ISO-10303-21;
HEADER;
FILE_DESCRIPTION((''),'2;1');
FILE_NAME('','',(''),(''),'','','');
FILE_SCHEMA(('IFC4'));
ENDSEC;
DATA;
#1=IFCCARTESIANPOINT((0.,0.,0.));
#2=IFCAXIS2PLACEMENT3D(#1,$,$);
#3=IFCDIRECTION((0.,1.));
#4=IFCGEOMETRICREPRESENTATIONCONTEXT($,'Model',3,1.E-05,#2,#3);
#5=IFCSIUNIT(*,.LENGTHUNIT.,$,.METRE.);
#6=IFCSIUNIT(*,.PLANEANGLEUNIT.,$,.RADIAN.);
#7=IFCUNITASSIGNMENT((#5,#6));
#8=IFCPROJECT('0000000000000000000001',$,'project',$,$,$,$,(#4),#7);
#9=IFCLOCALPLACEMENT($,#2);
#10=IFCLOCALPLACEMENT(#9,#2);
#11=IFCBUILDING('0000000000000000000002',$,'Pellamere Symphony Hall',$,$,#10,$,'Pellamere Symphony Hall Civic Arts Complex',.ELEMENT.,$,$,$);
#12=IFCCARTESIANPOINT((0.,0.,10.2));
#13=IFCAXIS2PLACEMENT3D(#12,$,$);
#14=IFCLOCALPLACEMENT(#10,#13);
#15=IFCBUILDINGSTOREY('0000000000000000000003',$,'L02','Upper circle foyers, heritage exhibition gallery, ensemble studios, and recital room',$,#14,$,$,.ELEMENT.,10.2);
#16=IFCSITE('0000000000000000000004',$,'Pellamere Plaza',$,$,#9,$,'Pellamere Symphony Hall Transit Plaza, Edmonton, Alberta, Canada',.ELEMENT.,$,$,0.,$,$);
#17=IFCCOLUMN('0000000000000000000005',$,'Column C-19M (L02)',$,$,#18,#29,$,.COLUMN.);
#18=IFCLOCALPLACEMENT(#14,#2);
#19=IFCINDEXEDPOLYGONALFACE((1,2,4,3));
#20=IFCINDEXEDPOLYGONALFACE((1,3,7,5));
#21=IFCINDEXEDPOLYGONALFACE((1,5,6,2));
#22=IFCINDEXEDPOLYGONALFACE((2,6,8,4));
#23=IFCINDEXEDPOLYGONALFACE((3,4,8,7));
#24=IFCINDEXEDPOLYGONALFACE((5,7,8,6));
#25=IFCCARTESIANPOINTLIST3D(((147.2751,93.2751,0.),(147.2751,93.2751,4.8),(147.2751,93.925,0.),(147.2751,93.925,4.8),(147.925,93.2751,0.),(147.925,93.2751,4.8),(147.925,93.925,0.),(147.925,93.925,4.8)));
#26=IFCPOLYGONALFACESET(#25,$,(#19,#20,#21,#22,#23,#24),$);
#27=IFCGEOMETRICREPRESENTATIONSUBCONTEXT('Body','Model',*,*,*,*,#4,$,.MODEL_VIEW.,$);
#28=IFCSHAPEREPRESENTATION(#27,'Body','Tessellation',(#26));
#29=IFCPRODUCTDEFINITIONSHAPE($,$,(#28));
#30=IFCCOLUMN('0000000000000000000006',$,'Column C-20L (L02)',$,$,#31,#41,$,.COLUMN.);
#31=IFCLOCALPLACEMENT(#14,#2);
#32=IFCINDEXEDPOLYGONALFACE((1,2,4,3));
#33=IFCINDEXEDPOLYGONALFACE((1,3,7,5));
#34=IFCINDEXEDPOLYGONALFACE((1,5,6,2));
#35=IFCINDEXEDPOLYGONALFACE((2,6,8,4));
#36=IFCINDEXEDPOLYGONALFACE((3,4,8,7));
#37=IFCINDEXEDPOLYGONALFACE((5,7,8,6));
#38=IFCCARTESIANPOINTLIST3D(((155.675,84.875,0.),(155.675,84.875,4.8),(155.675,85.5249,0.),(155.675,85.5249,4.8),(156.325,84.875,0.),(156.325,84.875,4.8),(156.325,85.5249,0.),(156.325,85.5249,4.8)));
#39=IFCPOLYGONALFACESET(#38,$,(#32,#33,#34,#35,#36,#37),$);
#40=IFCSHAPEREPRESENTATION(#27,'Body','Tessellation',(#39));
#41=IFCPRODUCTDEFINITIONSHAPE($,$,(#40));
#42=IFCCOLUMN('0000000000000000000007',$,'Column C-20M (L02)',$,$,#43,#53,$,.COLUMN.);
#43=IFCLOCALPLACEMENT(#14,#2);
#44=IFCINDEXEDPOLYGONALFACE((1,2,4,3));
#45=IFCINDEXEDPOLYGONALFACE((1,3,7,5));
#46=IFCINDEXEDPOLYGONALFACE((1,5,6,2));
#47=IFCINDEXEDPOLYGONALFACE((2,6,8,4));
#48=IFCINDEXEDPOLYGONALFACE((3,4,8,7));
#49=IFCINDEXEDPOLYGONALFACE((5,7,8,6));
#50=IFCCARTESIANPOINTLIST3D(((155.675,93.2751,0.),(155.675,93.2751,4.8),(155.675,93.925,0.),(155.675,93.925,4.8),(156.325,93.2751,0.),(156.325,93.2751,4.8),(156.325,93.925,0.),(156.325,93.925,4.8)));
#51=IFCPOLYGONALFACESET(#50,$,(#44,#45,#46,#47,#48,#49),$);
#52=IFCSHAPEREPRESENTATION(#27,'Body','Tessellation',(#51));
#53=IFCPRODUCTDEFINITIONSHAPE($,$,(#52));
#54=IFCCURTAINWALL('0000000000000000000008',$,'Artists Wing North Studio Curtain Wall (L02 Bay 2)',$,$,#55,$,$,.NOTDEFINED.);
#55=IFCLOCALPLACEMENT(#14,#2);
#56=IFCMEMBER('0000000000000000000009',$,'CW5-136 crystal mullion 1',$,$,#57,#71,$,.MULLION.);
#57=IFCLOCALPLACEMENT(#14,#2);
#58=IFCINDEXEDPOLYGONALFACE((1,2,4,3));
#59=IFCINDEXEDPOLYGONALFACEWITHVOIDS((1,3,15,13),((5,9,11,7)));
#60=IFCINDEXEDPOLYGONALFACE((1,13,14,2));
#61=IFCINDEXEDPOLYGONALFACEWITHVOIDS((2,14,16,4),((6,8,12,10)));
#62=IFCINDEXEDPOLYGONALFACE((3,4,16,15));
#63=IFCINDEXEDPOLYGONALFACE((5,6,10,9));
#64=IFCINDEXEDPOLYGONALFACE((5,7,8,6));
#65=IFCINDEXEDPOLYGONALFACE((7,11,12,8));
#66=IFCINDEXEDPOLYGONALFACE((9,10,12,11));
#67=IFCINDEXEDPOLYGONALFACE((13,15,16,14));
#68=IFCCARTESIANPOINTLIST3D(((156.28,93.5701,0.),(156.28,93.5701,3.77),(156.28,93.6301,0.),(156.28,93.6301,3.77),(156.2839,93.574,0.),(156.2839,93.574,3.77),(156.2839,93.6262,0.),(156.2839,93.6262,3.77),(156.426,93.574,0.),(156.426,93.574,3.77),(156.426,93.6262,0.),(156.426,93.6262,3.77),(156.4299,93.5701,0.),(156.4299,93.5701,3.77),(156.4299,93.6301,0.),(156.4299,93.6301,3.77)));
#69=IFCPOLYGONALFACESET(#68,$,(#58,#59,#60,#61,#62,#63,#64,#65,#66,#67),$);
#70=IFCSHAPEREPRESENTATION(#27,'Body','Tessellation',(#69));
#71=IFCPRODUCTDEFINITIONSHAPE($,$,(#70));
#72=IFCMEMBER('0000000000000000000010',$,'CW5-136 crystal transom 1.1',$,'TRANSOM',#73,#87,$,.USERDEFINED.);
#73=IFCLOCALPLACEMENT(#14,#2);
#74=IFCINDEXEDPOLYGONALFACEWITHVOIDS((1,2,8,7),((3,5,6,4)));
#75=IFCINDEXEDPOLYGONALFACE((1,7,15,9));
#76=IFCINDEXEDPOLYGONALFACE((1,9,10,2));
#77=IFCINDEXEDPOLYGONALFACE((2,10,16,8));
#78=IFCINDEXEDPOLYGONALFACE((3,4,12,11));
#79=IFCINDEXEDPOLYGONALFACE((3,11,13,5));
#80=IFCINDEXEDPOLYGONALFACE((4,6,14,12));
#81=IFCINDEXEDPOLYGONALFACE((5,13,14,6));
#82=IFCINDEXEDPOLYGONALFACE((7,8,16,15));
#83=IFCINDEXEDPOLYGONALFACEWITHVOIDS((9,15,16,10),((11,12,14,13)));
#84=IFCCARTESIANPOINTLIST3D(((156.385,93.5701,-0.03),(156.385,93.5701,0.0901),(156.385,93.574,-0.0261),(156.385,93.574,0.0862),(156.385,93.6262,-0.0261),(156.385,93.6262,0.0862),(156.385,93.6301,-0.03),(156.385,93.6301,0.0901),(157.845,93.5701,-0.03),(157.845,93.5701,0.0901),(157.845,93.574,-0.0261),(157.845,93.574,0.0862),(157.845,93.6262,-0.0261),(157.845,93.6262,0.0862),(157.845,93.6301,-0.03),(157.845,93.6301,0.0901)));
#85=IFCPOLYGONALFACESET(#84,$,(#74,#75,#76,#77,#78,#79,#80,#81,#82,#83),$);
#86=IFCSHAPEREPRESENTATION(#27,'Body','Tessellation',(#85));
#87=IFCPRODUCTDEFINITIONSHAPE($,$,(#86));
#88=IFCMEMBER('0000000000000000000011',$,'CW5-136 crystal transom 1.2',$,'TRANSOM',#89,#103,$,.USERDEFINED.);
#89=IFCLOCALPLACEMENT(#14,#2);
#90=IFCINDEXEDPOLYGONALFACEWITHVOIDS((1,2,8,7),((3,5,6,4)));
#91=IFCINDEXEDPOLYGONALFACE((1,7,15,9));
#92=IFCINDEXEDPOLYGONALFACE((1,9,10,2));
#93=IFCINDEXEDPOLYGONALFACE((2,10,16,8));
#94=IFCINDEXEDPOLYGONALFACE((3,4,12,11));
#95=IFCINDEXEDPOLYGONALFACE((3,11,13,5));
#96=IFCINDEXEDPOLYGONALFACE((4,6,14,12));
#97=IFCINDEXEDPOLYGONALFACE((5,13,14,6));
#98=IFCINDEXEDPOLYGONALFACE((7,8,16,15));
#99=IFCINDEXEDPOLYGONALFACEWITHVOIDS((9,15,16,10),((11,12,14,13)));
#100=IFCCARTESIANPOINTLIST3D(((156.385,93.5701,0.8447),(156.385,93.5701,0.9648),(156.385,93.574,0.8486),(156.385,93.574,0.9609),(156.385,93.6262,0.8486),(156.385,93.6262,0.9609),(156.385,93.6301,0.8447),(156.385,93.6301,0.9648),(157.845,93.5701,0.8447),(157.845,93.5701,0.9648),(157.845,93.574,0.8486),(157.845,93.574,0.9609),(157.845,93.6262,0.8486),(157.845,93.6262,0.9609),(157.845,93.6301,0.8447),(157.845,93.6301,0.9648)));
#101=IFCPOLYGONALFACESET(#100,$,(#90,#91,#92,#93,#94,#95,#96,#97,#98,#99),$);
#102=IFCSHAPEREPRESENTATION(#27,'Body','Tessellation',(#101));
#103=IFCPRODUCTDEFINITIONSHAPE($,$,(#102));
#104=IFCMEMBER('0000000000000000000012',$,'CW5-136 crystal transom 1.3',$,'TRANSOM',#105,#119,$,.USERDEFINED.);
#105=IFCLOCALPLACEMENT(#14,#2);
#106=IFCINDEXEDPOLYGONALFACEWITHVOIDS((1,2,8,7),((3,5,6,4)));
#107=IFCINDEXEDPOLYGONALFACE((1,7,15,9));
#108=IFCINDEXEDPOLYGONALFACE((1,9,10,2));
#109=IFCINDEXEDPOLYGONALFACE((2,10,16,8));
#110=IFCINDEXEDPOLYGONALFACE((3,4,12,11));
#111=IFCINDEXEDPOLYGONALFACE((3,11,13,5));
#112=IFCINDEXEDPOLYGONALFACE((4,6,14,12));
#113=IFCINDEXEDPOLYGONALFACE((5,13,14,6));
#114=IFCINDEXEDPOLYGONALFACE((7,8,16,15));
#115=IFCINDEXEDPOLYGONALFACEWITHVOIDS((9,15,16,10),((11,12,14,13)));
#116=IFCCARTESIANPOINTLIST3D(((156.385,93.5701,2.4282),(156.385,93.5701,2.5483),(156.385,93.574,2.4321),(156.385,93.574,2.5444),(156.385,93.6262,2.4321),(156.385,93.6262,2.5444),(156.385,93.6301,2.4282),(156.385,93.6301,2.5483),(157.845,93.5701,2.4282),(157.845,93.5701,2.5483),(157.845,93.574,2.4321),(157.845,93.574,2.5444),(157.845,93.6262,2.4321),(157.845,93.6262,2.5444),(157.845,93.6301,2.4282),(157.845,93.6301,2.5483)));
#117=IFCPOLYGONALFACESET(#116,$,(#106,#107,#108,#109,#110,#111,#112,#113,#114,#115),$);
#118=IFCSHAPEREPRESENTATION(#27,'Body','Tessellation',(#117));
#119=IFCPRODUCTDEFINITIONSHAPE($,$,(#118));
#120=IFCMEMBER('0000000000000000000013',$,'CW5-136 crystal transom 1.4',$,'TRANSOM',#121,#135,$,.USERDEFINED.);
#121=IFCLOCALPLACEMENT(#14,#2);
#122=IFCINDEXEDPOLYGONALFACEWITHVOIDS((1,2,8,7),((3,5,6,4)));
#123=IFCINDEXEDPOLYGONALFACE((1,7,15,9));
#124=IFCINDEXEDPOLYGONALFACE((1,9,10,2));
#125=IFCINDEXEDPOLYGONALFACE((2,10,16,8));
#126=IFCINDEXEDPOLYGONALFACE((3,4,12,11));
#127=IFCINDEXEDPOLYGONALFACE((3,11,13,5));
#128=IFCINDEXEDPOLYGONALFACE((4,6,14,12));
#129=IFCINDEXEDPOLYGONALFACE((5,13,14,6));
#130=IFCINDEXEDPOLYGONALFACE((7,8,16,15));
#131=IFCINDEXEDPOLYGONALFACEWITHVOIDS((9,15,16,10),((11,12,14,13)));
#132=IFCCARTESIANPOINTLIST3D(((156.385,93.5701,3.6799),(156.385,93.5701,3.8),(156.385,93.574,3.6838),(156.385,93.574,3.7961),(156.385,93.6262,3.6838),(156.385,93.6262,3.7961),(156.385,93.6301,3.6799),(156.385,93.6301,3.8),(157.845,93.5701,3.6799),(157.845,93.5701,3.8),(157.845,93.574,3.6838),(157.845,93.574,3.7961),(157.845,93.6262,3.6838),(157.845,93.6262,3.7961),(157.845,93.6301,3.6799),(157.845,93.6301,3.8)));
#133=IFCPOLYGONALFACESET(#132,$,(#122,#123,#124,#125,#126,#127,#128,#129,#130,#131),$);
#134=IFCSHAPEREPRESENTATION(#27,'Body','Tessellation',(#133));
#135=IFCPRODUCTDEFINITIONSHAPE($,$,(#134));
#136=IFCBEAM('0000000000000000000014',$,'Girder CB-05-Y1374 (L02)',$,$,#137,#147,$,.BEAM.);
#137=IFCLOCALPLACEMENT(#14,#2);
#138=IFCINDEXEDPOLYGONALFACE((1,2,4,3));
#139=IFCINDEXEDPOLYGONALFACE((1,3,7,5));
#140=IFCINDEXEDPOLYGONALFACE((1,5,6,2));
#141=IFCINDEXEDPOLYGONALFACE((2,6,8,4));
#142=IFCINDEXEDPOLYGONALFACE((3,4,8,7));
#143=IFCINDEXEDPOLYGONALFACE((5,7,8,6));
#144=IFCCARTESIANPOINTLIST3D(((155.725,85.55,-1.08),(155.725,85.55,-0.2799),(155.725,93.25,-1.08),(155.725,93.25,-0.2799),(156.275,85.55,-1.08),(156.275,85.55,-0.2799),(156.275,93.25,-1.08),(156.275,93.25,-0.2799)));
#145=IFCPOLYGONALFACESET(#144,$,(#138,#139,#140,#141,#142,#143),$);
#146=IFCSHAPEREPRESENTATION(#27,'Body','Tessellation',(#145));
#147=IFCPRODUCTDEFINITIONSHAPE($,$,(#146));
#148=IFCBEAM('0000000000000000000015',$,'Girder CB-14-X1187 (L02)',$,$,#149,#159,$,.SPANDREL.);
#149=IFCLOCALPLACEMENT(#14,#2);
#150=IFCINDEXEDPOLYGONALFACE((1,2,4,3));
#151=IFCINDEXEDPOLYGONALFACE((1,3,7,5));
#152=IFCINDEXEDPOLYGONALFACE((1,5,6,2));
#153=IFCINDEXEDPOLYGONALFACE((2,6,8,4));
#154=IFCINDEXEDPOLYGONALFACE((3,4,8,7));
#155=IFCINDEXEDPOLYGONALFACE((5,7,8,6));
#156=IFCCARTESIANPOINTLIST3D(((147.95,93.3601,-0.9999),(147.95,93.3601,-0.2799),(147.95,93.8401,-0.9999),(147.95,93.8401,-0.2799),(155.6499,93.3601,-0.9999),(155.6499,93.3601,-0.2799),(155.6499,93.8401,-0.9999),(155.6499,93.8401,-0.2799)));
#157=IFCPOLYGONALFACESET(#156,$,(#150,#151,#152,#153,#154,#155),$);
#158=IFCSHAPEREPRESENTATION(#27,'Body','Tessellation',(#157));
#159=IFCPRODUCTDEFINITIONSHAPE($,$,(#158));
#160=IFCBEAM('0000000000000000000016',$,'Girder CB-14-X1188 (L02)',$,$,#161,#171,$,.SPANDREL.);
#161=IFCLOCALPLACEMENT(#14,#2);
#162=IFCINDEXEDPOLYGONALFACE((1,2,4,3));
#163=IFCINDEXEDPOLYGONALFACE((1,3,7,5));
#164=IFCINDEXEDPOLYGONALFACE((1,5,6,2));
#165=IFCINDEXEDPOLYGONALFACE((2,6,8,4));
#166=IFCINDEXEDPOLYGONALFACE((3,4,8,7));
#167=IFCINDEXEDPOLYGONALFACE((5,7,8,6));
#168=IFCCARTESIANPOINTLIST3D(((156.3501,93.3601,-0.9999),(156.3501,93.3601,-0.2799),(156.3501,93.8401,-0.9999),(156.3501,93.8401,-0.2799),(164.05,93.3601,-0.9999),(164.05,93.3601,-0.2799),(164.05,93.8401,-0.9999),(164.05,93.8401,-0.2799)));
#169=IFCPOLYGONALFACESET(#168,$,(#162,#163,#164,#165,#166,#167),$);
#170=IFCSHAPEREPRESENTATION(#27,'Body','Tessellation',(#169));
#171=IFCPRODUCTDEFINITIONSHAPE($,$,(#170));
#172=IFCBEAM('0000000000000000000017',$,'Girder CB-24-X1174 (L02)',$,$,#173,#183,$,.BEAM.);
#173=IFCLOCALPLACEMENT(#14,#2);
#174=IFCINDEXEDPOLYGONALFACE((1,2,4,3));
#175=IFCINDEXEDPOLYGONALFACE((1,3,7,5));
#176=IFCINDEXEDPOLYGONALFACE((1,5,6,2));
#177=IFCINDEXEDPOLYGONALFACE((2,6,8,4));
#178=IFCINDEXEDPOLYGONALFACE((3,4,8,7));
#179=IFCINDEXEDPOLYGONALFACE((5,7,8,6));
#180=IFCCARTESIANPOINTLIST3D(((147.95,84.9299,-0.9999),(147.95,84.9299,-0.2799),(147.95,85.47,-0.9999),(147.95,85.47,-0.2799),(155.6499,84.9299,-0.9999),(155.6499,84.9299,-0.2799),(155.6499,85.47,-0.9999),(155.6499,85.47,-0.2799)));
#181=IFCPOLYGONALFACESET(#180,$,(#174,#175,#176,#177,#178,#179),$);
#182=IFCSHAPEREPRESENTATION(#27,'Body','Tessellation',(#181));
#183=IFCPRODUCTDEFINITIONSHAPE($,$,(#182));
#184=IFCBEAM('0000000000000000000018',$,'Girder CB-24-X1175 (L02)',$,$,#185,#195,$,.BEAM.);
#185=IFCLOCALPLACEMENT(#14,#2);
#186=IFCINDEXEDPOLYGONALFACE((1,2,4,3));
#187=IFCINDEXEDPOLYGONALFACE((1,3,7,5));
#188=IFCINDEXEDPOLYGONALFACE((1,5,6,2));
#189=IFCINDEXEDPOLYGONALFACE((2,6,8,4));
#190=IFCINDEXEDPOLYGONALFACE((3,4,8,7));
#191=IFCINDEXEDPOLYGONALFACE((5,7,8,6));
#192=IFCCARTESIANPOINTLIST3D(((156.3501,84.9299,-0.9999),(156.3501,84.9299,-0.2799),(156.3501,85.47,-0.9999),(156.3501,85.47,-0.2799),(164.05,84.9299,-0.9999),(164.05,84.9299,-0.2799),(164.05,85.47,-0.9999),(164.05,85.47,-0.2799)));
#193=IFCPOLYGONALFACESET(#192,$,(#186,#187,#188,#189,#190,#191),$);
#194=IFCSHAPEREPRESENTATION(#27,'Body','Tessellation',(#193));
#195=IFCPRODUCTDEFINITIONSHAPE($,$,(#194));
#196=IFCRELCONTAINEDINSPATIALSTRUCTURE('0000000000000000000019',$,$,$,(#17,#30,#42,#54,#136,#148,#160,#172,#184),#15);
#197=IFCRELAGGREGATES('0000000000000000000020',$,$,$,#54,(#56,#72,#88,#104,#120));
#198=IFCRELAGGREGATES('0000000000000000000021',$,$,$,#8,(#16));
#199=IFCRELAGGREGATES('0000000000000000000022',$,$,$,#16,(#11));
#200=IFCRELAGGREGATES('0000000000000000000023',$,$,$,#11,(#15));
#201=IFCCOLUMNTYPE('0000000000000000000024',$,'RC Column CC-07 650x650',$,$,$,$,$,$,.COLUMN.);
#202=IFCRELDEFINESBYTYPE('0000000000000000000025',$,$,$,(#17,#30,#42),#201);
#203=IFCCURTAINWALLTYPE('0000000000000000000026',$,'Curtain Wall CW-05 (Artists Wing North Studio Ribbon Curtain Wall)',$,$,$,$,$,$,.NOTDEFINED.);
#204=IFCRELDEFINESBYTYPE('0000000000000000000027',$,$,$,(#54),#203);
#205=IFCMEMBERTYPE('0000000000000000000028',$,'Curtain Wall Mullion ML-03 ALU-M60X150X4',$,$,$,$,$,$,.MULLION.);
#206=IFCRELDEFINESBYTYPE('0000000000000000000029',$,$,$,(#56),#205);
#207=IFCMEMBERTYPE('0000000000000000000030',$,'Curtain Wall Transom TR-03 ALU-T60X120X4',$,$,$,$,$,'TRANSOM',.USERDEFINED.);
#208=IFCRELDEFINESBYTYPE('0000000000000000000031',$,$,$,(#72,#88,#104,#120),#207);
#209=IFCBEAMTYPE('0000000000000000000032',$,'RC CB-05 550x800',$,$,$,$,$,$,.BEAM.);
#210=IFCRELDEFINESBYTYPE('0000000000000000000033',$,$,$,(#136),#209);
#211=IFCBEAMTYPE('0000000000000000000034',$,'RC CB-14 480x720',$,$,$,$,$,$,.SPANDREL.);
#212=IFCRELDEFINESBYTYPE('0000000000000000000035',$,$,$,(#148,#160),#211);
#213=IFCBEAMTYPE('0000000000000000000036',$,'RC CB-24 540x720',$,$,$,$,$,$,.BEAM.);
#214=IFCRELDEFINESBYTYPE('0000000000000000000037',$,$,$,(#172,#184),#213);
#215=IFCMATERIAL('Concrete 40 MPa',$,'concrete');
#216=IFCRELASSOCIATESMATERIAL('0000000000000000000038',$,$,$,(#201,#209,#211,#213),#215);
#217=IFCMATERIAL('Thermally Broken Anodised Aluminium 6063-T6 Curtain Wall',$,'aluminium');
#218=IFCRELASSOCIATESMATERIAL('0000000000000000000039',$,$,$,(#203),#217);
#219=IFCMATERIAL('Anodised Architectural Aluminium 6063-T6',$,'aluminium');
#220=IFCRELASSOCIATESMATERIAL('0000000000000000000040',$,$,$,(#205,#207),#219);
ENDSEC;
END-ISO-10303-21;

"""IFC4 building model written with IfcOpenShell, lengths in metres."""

from ifc_helpers import new_model, si_unit, direction, frame, origin, origin_2d, place, context, subcontext, project, spatial, rectangle, hollow_rectangle, extrude, material, material_profile, profile_set, type_object, element, aggregate, save


model = new_model("IFC4")

# Units and contexts
model_context = context("Model", 3, precision=1e-05, world=origin(), true_north=direction((0.0, 1.0)))
body_context = subcontext(model_context, "Body", "Model", "MODEL_VIEW")
ifc_project = project(units=[si_unit("LENGTHUNIT", "METRE"), si_unit("PLANEANGLEUNIT", "RADIAN")], contexts=[model_context])

# Site, building, storey
site_placement = place(None, origin())
site = spatial("IfcSite", under=ifc_project, at=site_placement, Name="Pellamere Plaza", LongName="Pellamere Symphony Hall Transit Plaza, Edmonton, Alberta, Canada", CompositionType="ELEMENT", RefElevation=0.0)
building_placement = place(site_placement, origin())
building = spatial("IfcBuilding", under=site, at=building_placement, Name="Pellamere Symphony Hall", LongName="Pellamere Symphony Hall Civic Arts Complex", CompositionType="ELEMENT")
storey_placement = place(building_placement, frame((0.0, 0.0, 10.2)))
storey = spatial("IfcBuildingStorey", under=building, at=storey_placement, Name="L02", Description="Upper circle foyers, heritage exhibition gallery, ensemble studios, and recital room", CompositionType="ELEMENT", Elevation=10.2)

# Columns
ifc_material_1 = material(Name="Concrete 40 MPa", Category="concrete")
ifc_material_profile_1 = material_profile(ifc_material_1, rectangle(XDim=0.6499, YDim=0.6499, at=origin_2d()), Name="RC 650x650")
ifc_profile_set_1 = profile_set([ifc_material_profile_1], Name="Concrete 40 MPa")
column_type = type_object("IfcColumnType", Name="RC Column CC-07 650x650", PredefinedType="COLUMN", material=ifc_profile_set_1)
for number, where, z_axis, x_axis, name in (
    (1, (147.6001, 93.6001, 0.0), (0.0, 0.0, 1.0), (1.0, 0.0, 0.0), "Column C-19M (L02)"),
    (2, (156.0, 85.2, 0.0), (0.0, 0.0, 1.0), (1.0, 0.0, 0.0), "Column C-20L (L02)"),
    (3, (156.0, 93.6001, 0.0), (0.0, 0.0, 1.0), (1.0, 0.0, 0.0), "Column C-20M (L02)"),
):
    element("IfcColumn", number, at=place(storey_placement, frame(where, z_axis=z_axis, x_axis=x_axis)), inside=storey, type_object=column_type, Name=name, PredefinedType="COLUMN", context=body_context, shape_type="SweptSolid", body=[
        extrude(rectangle(XDim=0.6499, YDim=0.6499, at=origin_2d()), origin(), (0.0, 0.0, 1.0), 4.8),
    ])

# Curtain wall, members
ifc_material_2 = material(Name="Thermally Broken Anodised Aluminium 6063-T6 Curtain Wall", Category="aluminium")
curtain_wall_type = type_object("IfcCurtainWallType", Name="Curtain Wall CW-05 (Artists Wing North Studio Ribbon Curtain Wall)", PredefinedType="NOTDEFINED", material=ifc_material_2)
curtain_wall_placement = place(storey_placement, origin())
curtain_wall = element("IfcCurtainWall", 4, at=curtain_wall_placement, inside=storey, type_object=curtain_wall_type, Name="Artists Wing North Studio Curtain Wall (L02 Bay 2)", PredefinedType="NOTDEFINED")
ifc_material_3 = material(Name="Anodised Architectural Aluminium 6063-T6", Category="aluminium")
ifc_material_profile_2 = material_profile(ifc_material_3, hollow_rectangle(XDim=0.0601, YDim=0.1499, WallThickness=0.0039, at=origin_2d()), Name="ALU-M60X150X4")
ifc_profile_set_2 = profile_set([ifc_material_profile_2], Name="Anodised Architectural Aluminium 6063-T6")
member_type_1 = type_object("IfcMemberType", Name="Curtain Wall Mullion ML-03 ALU-M60X150X4", PredefinedType="MULLION", material=ifc_profile_set_2)
member_1_placement = place(storey_placement, frame((156.355, 93.6001, 0.0), z_axis=(0.0, 0.0, 1.0), x_axis=(0.0, 1.0, 0.0)))
member_1 = element("IfcMember", 5, at=member_1_placement, type_object=member_type_1, Name="CW5-136 crystal mullion 1", PredefinedType="MULLION", context=body_context, shape_type="SweptSolid", body=[
    extrude(hollow_rectangle(XDim=0.0601, YDim=0.1499, WallThickness=0.0039, at=origin_2d()), origin(), (0.0, 0.0, 1.0), 3.77),
])
ifc_material_profile_3 = material_profile(ifc_material_3, hollow_rectangle(XDim=0.0601, YDim=0.1201, WallThickness=0.0039, at=origin_2d()), Name="ALU-T60X120X4")
ifc_profile_set_3 = profile_set([ifc_material_profile_3], Name="Anodised Architectural Aluminium 6063-T6")
member_type_2 = type_object("IfcMemberType", Name="Curtain Wall Transom TR-03 ALU-T60X120X4", ElementType="TRANSOM", PredefinedType="USERDEFINED", material=ifc_profile_set_3)
member_2_placement = place(storey_placement, frame((156.385, 93.6001, 0.03), z_axis=(1.0, 0.0, 0.0), x_axis=(0.0, 1.0, 0.0)))
member_2 = element("IfcMember", 6, at=member_2_placement, type_object=member_type_2, Name="CW5-136 crystal transom 1.1", ObjectType="TRANSOM", PredefinedType="USERDEFINED", context=body_context, shape_type="SweptSolid", body=[
    extrude(hollow_rectangle(XDim=0.0601, YDim=0.1201, WallThickness=0.0039, at=origin_2d()), origin(), (0.0, 0.0, 1.0), 1.46),
])
member_3_placement = place(storey_placement, frame((156.385, 93.6001, 0.9048), z_axis=(1.0, 0.0, 0.0), x_axis=(0.0, 1.0, 0.0)))
member_3 = element("IfcMember", 7, at=member_3_placement, type_object=member_type_2, Name="CW5-136 crystal transom 1.2", ObjectType="TRANSOM", PredefinedType="USERDEFINED", context=body_context, shape_type="SweptSolid", body=[
    extrude(hollow_rectangle(XDim=0.0601, YDim=0.1201, WallThickness=0.0039, at=origin_2d()), origin(), (0.0, 0.0, 1.0), 1.46),
])
member_4_placement = place(storey_placement, frame((156.385, 93.6001, 2.4883), z_axis=(1.0, 0.0, 0.0), x_axis=(0.0, 1.0, 0.0)))
member_4 = element("IfcMember", 8, at=member_4_placement, type_object=member_type_2, Name="CW5-136 crystal transom 1.3", ObjectType="TRANSOM", PredefinedType="USERDEFINED", context=body_context, shape_type="SweptSolid", body=[
    extrude(hollow_rectangle(XDim=0.0601, YDim=0.1201, WallThickness=0.0039, at=origin_2d()), origin(), (0.0, 0.0, 1.0), 1.46),
])
member_5_placement = place(storey_placement, frame((156.385, 93.6001, 3.74), z_axis=(1.0, 0.0, 0.0), x_axis=(0.0, 1.0, 0.0)))
member_5 = element("IfcMember", 9, at=member_5_placement, type_object=member_type_2, Name="CW5-136 crystal transom 1.4", ObjectType="TRANSOM", PredefinedType="USERDEFINED", context=body_context, shape_type="SweptSolid", body=[
    extrude(hollow_rectangle(XDim=0.0601, YDim=0.1201, WallThickness=0.0039, at=origin_2d()), origin(), (0.0, 0.0, 1.0), 1.46),
])

# Beams
ifc_material_profile_4 = material_profile(ifc_material_1, rectangle(XDim=0.55, YDim=0.8, at=origin_2d()), Name="RC 550x800")
ifc_profile_set_4 = profile_set([ifc_material_profile_4], Name="Concrete 40 MPa")
beam_type_1 = type_object("IfcBeamType", Name="RC CB-05 550x800", PredefinedType="BEAM", material=ifc_profile_set_4)
beam_1_placement = place(storey_placement, frame((156.0, 85.55, -0.6799), z_axis=(0.0, 1.0, 0.0), x_axis=(-1.0, 0.0, 0.0)))
element("IfcBeam", 10, at=beam_1_placement, inside=storey, type_object=beam_type_1, Name="Girder CB-05-Y1374 (L02)", PredefinedType="BEAM", context=body_context, shape_type="SweptSolid", body=[
    extrude(rectangle(XDim=0.55, YDim=0.8, at=origin_2d()), origin(), (0.0, 0.0, 1.0), 7.7),
])
ifc_material_profile_5 = material_profile(ifc_material_1, rectangle(XDim=0.48, YDim=0.72, at=origin_2d()), Name="RC 480x720")
ifc_profile_set_5 = profile_set([ifc_material_profile_5], Name="Concrete 40 MPa")
beam_type_2 = type_object("IfcBeamType", Name="RC CB-14 480x720", PredefinedType="SPANDREL", material=ifc_profile_set_5)
for number, where, z_axis, x_axis, name in (
    (11, (147.95, 93.6001, -0.6399), (1.0, 0.0, 0.0), (0.0, 1.0, 0.0), "Girder CB-14-X1187 (L02)"),
    (12, (156.3501, 93.6001, -0.6399), (1.0, 0.0, 0.0), (0.0, 1.0, 0.0), "Girder CB-14-X1188 (L02)"),
):
    element("IfcBeam", number, at=place(storey_placement, frame(where, z_axis=z_axis, x_axis=x_axis)), inside=storey, type_object=beam_type_2, Name=name, PredefinedType="SPANDREL", context=body_context, shape_type="SweptSolid", body=[
        extrude(rectangle(XDim=0.48, YDim=0.72, at=origin_2d()), origin(), (0.0, 0.0, 1.0), 7.7),
    ])
ifc_material_profile_6 = material_profile(ifc_material_1, rectangle(XDim=0.54, YDim=0.72, at=origin_2d()), Name="RC 540x720")
ifc_profile_set_6 = profile_set([ifc_material_profile_6], Name="Concrete 40 MPa")
beam_type_3 = type_object("IfcBeamType", Name="RC CB-24 540x720", PredefinedType="BEAM", material=ifc_profile_set_6)
for number, where, z_axis, x_axis, name in (
    (13, (147.95, 85.2, -0.6399), (1.0, 0.0, 0.0), (0.0, 1.0, 0.0), "Girder CB-24-X1174 (L02)"),
    (14, (156.3501, 85.2, -0.6399), (1.0, 0.0, 0.0), (0.0, 1.0, 0.0), "Girder CB-24-X1175 (L02)"),
):
    element("IfcBeam", number, at=place(storey_placement, frame(where, z_axis=z_axis, x_axis=x_axis)), inside=storey, type_object=beam_type_3, Name=name, PredefinedType="BEAM", context=body_context, shape_type="SweptSolid", body=[
        extrude(rectangle(XDim=0.54, YDim=0.72, at=origin_2d()), origin(), (0.0, 0.0, 1.0), 7.7),
    ])

aggregate(curtain_wall, [member_1, member_2, member_3, member_4, member_5])

save(model, "model.ifc")
